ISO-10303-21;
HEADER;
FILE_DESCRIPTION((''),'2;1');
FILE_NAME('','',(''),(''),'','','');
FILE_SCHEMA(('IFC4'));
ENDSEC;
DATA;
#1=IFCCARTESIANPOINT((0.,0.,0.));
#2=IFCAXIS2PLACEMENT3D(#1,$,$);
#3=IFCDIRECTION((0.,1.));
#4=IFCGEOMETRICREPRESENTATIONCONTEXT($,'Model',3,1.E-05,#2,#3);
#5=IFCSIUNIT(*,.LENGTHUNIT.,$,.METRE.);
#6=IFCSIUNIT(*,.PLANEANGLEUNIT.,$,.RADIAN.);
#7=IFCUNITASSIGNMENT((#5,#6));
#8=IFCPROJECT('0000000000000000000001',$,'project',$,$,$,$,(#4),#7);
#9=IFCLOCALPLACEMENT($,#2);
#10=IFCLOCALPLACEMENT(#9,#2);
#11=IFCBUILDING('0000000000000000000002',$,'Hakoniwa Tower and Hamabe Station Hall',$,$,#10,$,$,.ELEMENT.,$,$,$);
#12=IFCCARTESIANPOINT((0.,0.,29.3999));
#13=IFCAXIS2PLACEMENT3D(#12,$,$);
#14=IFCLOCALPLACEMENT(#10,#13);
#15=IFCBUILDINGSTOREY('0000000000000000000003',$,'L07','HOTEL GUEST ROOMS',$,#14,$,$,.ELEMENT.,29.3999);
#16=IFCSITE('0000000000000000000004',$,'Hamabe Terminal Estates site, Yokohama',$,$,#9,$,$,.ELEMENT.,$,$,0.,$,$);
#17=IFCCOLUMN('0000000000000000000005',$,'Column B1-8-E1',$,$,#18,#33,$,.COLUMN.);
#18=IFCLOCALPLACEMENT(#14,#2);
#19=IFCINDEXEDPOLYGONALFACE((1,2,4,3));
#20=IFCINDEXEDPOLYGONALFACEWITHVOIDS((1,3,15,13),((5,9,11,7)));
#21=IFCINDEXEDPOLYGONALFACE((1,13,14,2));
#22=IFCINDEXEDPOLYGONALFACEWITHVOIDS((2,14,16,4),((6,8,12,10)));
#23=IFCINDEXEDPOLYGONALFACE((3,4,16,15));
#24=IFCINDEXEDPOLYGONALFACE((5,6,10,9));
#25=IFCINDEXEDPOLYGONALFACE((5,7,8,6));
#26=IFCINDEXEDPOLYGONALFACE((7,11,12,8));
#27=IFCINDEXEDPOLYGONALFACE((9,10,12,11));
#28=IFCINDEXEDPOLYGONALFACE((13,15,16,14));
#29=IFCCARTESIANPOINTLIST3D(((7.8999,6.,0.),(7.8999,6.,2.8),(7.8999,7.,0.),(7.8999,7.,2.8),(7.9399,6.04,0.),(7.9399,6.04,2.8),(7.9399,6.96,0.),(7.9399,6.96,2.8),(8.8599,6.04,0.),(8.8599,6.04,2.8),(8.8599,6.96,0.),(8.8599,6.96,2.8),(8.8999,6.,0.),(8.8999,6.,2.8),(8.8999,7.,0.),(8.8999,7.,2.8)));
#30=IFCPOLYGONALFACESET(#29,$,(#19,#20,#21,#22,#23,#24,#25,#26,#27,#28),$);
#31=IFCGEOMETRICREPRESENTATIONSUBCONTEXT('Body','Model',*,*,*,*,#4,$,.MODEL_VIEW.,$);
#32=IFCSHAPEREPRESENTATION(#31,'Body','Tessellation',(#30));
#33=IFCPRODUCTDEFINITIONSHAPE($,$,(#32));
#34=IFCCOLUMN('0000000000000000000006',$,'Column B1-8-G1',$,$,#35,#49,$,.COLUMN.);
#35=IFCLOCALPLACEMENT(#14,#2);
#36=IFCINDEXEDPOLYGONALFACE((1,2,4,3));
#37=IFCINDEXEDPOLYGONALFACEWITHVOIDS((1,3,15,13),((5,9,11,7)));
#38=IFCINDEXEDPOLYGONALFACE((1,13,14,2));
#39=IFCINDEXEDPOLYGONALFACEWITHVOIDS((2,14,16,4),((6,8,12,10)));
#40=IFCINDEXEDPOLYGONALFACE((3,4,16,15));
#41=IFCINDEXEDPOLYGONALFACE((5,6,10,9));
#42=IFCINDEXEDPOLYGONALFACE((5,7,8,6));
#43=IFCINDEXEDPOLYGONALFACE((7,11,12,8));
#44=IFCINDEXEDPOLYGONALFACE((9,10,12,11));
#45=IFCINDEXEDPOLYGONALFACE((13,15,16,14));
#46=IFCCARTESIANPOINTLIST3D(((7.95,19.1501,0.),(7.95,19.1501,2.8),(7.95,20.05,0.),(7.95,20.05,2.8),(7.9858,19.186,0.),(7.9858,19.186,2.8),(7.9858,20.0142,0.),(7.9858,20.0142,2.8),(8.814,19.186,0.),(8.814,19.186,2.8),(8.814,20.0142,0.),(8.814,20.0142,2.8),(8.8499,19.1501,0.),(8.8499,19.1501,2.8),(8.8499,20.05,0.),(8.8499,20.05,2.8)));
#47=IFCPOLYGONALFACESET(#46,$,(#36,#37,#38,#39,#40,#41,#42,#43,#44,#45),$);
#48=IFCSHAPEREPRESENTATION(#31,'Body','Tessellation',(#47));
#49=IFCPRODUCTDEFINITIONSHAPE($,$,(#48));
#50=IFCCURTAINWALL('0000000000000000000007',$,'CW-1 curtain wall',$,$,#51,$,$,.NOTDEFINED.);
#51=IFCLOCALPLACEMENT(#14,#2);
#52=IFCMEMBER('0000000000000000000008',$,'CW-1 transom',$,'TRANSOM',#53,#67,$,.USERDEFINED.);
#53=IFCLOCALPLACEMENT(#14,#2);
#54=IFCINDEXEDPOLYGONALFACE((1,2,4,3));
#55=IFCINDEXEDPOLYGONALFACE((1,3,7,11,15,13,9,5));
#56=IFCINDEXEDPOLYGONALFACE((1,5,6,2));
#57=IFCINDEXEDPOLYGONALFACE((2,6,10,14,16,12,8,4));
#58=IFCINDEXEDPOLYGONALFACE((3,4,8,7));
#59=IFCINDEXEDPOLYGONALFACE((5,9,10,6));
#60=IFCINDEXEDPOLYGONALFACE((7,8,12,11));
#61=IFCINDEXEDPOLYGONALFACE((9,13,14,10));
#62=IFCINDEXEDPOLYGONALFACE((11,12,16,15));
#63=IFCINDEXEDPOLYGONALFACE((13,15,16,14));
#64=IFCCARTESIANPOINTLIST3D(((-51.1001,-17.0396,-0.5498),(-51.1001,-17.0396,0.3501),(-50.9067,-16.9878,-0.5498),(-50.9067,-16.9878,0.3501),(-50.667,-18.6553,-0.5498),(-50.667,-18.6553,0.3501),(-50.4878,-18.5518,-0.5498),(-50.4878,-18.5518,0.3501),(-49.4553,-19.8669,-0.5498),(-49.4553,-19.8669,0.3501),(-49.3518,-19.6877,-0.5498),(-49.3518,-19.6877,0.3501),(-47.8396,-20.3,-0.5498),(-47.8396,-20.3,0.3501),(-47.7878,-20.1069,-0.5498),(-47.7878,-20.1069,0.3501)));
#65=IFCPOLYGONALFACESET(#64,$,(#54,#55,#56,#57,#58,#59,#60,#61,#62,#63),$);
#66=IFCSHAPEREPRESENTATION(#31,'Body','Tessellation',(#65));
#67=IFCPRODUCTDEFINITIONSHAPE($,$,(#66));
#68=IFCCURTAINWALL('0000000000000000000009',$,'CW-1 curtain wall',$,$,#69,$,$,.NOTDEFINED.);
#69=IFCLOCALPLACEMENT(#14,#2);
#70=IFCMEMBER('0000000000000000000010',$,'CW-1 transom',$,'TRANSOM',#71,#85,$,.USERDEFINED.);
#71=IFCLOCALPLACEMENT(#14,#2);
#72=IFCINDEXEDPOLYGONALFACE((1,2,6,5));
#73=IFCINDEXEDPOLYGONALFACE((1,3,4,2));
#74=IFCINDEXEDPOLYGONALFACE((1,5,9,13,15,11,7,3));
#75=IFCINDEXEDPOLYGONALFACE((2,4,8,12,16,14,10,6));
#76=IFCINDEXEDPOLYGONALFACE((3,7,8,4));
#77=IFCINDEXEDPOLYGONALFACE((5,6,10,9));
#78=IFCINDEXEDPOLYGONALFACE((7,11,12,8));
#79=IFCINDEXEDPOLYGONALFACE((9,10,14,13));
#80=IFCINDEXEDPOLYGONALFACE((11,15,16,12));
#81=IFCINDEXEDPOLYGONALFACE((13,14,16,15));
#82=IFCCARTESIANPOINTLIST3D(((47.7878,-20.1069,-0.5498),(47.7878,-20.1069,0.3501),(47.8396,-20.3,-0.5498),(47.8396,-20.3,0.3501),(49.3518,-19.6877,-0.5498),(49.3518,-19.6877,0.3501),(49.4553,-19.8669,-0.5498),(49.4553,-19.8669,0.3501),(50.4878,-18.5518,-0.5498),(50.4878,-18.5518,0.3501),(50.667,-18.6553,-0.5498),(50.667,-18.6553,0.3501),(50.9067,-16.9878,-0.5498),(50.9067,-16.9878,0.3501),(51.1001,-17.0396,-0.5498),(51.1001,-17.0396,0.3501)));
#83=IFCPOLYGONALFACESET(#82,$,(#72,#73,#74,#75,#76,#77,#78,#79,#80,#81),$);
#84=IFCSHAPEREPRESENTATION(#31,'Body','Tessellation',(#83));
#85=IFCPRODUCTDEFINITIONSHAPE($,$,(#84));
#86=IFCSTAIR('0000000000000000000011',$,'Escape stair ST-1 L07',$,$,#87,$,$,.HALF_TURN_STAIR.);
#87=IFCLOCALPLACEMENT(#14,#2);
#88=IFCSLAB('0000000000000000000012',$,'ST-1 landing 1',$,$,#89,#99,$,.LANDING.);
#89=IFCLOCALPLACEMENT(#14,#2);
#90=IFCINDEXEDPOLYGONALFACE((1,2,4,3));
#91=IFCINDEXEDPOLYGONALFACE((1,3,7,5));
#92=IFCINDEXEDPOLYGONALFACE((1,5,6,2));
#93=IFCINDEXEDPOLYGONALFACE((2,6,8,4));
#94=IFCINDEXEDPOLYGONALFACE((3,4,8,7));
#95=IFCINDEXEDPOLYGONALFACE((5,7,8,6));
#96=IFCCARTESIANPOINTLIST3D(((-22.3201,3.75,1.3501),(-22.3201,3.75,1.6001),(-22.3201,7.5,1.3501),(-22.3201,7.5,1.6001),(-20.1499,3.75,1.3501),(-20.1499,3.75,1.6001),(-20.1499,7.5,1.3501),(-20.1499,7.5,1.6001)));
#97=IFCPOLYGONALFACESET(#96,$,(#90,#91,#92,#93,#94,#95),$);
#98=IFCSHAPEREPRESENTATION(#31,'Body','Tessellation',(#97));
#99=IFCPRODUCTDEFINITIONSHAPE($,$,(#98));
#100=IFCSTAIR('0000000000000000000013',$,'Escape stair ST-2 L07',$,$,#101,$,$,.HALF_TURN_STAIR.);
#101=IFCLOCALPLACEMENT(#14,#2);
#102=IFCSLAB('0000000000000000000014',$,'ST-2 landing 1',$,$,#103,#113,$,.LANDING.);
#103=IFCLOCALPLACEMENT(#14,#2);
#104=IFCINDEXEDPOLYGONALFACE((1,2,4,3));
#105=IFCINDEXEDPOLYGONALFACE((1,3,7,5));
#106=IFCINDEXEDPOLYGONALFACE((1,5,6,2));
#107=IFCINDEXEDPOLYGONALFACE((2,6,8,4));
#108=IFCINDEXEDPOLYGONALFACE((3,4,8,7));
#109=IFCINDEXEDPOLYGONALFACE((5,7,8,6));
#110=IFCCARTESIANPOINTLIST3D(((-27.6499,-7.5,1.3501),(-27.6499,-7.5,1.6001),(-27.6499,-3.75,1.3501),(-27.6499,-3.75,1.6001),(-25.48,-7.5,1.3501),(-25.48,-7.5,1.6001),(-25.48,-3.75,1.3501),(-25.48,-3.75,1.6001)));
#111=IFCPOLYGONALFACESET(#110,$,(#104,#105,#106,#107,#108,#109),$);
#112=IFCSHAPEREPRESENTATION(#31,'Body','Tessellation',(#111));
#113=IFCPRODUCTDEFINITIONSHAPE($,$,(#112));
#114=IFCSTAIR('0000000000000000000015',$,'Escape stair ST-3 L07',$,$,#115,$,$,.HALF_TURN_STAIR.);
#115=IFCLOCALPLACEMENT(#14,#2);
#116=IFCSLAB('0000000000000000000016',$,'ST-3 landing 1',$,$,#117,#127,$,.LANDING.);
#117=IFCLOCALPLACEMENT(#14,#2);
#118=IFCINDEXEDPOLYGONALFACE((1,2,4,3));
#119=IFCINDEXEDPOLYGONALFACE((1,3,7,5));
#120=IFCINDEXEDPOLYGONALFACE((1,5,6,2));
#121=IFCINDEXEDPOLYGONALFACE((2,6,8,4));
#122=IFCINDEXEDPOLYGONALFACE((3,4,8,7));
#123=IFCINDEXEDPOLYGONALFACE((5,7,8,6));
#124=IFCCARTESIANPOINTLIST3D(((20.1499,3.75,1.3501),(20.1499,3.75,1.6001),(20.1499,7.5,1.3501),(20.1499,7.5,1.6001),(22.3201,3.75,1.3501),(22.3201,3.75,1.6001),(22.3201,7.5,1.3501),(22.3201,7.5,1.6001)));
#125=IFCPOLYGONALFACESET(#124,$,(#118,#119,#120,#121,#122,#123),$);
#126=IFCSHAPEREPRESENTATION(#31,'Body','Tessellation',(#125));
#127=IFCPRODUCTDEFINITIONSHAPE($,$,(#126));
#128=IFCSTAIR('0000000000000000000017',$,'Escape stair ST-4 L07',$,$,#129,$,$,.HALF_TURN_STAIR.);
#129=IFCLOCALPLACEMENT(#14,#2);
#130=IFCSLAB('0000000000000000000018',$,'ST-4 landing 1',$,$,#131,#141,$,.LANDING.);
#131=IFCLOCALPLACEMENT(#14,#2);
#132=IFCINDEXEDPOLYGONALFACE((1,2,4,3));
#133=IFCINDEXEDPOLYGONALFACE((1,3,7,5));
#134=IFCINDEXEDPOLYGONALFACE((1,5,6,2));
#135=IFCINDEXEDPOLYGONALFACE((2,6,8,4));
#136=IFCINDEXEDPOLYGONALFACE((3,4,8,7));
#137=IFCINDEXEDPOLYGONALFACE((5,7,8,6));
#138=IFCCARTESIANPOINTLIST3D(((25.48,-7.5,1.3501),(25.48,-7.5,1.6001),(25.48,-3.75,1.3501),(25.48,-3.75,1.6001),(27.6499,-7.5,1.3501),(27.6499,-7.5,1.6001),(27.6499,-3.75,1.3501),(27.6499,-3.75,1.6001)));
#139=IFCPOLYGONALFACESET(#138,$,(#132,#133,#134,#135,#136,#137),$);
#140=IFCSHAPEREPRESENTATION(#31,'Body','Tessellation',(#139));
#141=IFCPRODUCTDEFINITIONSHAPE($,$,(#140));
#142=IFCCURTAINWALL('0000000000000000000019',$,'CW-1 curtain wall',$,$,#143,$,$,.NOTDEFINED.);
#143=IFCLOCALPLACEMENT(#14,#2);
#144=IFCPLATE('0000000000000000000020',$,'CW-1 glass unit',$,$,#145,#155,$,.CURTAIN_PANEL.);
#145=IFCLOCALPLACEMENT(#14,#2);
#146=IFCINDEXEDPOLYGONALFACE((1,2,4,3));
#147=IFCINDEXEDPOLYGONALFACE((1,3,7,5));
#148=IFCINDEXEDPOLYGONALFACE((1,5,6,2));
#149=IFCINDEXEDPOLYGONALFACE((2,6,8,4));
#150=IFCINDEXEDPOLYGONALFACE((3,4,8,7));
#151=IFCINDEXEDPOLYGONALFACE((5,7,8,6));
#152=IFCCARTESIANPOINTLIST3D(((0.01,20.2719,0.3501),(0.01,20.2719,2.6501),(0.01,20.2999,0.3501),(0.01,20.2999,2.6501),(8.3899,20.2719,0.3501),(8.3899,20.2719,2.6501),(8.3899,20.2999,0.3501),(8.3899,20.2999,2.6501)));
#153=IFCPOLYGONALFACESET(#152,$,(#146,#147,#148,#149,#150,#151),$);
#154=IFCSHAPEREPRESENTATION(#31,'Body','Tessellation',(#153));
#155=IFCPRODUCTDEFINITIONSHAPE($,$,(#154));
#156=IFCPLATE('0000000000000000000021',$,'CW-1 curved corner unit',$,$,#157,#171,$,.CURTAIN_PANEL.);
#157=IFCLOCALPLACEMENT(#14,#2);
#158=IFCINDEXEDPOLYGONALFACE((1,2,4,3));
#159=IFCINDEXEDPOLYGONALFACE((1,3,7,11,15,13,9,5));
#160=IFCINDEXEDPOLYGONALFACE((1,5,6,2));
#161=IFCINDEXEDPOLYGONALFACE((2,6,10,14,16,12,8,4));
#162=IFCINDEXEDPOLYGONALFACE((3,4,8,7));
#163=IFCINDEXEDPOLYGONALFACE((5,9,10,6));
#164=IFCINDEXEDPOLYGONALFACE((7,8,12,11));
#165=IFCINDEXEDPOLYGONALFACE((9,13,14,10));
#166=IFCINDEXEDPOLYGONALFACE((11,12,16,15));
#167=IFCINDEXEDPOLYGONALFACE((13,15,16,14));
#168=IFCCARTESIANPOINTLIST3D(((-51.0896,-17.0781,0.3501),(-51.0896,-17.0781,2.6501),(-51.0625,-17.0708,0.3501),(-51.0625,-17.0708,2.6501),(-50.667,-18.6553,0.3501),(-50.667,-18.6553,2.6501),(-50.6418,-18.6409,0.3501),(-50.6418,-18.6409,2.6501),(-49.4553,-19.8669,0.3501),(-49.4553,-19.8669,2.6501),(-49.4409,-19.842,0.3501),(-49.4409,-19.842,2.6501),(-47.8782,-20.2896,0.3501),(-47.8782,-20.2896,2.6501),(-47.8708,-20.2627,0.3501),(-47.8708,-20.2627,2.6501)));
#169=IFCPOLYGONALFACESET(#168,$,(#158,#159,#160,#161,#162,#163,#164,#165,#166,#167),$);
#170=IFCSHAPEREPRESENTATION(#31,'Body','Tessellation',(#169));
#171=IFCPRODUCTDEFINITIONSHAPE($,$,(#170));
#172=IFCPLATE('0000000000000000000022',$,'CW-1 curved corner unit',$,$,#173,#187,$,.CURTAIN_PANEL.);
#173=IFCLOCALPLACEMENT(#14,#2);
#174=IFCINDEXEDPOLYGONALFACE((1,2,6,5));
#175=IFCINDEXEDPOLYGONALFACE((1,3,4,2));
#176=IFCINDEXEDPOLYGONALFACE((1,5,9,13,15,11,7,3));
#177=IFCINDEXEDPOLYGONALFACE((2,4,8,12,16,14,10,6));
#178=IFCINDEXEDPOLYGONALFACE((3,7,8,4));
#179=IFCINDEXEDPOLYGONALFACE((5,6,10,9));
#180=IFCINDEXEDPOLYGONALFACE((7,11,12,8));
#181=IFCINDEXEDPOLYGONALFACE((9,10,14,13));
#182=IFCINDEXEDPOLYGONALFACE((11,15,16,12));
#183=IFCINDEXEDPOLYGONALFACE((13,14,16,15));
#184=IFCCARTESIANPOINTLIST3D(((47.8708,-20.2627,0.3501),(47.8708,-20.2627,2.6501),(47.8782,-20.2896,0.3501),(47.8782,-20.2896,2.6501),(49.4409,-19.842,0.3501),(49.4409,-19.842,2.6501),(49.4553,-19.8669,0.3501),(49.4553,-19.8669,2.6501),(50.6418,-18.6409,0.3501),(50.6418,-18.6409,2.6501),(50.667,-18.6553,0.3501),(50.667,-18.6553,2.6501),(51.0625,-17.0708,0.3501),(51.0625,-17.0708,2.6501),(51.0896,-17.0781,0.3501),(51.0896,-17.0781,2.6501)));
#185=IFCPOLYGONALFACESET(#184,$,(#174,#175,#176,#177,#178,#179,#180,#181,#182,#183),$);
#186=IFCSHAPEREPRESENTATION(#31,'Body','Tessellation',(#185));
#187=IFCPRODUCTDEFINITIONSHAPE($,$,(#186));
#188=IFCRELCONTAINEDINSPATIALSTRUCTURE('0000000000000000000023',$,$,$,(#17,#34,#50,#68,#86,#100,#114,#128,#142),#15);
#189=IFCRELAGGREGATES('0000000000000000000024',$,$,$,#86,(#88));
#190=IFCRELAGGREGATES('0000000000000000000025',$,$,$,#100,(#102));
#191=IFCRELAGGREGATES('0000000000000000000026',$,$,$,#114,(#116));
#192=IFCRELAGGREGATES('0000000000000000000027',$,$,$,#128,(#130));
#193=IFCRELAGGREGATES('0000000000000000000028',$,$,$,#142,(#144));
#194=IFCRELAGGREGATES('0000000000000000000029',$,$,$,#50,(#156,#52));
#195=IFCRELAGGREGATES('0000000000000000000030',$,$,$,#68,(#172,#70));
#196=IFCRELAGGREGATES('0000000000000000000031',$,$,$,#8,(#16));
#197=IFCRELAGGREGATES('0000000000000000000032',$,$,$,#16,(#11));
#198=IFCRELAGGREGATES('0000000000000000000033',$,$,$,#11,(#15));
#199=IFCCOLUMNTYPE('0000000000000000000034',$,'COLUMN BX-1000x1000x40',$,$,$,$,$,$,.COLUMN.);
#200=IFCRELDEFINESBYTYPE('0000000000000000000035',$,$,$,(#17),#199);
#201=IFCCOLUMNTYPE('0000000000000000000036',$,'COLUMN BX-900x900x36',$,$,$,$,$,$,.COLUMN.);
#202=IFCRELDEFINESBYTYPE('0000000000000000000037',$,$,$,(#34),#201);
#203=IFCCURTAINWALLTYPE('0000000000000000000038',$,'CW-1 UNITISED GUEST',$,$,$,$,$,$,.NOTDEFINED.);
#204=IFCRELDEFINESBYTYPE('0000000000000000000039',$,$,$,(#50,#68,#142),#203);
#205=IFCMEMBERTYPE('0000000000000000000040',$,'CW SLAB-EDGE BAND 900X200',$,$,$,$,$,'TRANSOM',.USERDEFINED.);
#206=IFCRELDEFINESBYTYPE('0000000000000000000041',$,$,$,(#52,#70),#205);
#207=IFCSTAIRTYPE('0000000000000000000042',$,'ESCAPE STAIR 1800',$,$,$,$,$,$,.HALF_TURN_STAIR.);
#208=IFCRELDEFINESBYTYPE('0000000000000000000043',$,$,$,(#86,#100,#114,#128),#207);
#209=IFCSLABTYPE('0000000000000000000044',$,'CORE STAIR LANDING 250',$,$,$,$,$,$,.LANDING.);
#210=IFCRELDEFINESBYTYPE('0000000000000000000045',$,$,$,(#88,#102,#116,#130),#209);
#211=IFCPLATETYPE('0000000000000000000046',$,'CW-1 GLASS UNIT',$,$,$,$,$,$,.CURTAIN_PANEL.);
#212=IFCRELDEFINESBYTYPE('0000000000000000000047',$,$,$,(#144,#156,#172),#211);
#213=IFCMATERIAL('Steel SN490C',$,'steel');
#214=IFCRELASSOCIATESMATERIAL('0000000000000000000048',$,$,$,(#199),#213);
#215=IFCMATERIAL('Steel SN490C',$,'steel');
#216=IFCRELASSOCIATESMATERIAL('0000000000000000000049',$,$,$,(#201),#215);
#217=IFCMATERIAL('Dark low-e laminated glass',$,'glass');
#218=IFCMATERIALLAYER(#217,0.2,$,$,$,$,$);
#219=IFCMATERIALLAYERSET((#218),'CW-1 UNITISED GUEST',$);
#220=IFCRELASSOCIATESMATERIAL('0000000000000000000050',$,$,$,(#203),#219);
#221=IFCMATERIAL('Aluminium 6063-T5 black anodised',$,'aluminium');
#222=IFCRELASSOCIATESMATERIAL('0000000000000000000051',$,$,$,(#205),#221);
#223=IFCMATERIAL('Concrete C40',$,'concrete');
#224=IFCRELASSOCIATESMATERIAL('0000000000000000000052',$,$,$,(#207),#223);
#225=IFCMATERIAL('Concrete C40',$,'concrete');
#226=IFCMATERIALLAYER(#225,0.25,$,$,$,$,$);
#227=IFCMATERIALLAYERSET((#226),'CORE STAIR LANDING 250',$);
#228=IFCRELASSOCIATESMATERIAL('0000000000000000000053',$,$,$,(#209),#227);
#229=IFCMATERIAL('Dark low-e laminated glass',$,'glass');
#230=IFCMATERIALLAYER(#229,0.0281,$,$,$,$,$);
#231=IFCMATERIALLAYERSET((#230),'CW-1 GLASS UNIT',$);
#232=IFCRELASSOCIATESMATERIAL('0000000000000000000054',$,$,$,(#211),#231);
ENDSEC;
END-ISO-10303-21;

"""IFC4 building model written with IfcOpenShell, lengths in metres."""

from ifc_helpers import new_model, si_unit, direction, frame, origin, origin_2d, place, context, subcontext, project, spatial, polyline, rectangle, hollow_rectangle, outline, extrude, material, layer, layer_set, material_profile, profile_set, type_object, element, aggregate, save


model = new_model("IFC4")

# Units and contexts
model_context = context("Model", 3, precision=1e-05, world=origin(), true_north=direction((0.0, 1.0)))
body_context = subcontext(model_context, "Body", "Model", "MODEL_VIEW")
ifc_project = project(units=[si_unit("LENGTHUNIT", "METRE"), si_unit("PLANEANGLEUNIT", "RADIAN")], contexts=[model_context])

# Site, building, storey
site_placement = place(None, origin())
site = spatial("IfcSite", under=ifc_project, at=site_placement, Name="Hamabe Terminal Estates site, Yokohama", CompositionType="ELEMENT", RefElevation=0.0)
building_placement = place(site_placement, origin())
building = spatial("IfcBuilding", under=site, at=building_placement, Name="Hakoniwa Tower and Hamabe Station Hall", CompositionType="ELEMENT")
storey_placement = place(building_placement, frame((0.0, 0.0, 29.3999)))
storey = spatial("IfcBuildingStorey", under=building, at=storey_placement, Name="L07", Description="HOTEL GUEST ROOMS", CompositionType="ELEMENT", Elevation=29.3999)

# Columns
ifc_material_1 = material(Name="Steel SN490C", Category="steel")
ifc_material_profile_1 = material_profile(ifc_material_1, hollow_rectangle(XDim=1.0, YDim=1.0, WallThickness=0.04, at=origin_2d()), Name="BX-1000x1000x40")
ifc_profile_set_1 = profile_set([ifc_material_profile_1], Name="Steel SN490C")
column_type_1 = type_object("IfcColumnType", Name="COLUMN BX-1000x1000x40", PredefinedType="COLUMN", material=ifc_profile_set_1)
column_1_placement = place(storey_placement, frame((8.3999, 6.5, 0.0), z_axis=(0.0, 0.0, 1.0), x_axis=(1.0, 0.0, 0.0)))
element("IfcColumn", 1, at=column_1_placement, inside=storey, type_object=column_type_1, Name="Column B1-8-E1", PredefinedType="COLUMN", context=body_context, shape_type="SweptSolid", body=[
    extrude(hollow_rectangle(XDim=1.0, YDim=1.0, WallThickness=0.04, at=origin_2d()), origin(), (0.0, 0.0, 1.0), 2.8),
])
ifc_material_2 = material(Name="Steel SN490C", Category="steel")
ifc_material_profile_2 = material_profile(ifc_material_2, hollow_rectangle(XDim=0.8999, YDim=0.8999, WallThickness=0.0359, at=origin_2d()), Name="BX-900x900x36")
ifc_profile_set_2 = profile_set([ifc_material_profile_2], Name="Steel SN490C")
column_type_2 = type_object("IfcColumnType", Name="COLUMN BX-900x900x36", PredefinedType="COLUMN", material=ifc_profile_set_2)
column_2_placement = place(storey_placement, frame((8.3999, 19.6001, 0.0), z_axis=(0.0, 0.0, 1.0), x_axis=(1.0, 0.0, 0.0)))
element("IfcColumn", 2, at=column_2_placement, inside=storey, type_object=column_type_2, Name="Column B1-8-G1", PredefinedType="COLUMN", context=body_context, shape_type="SweptSolid", body=[
    extrude(hollow_rectangle(XDim=0.8999, YDim=0.8999, WallThickness=0.0359, at=origin_2d()), origin(), (0.0, 0.0, 1.0), 2.8),
])

# Curtain walls, members
ifc_material_3 = material(Name="Dark low-e laminated glass", Category="glass")
ifc_layer_1 = layer(ifc_material_3, 0.2)
ifc_layer_set_1 = layer_set([ifc_layer_1], Name="CW-1 UNITISED GUEST")
curtain_wall_type = type_object("IfcCurtainWallType", Name="CW-1 UNITISED GUEST", PredefinedType="NOTDEFINED", material=ifc_layer_set_1)
curtain_wall_1_placement = place(storey_placement, origin())
curtain_wall_1 = element("IfcCurtainWall", 3, at=curtain_wall_1_placement, inside=storey, type_object=curtain_wall_type, Name="CW-1 curtain wall", PredefinedType="NOTDEFINED")
ifc_material_4 = material(Name="Aluminium 6063-T5 black anodised", Category="aluminium")
ifc_material_profile_3 = material_profile(ifc_material_4, rectangle(XDim=0.2, YDim=0.8999, at=origin_2d()), Name="CW SLAB-EDGE BAND 900X200")
ifc_profile_set_3 = profile_set([ifc_material_profile_3], Name="Aluminium 6063-T5 black anodised")
member_type = type_object("IfcMemberType", Name="CW SLAB-EDGE BAND 900X200", ElementType="TRANSOM", PredefinedType="USERDEFINED", material=ifc_profile_set_3)
member_1_placement = place(storey_placement, frame((0.0, 0.0, -0.5498)))
member_1 = element("IfcMember", 4, at=member_1_placement, type_object=member_type, Name="CW-1 transom", ObjectType="TRANSOM", PredefinedType="USERDEFINED", context=body_context, shape_type="SweptSolid", body=[
    extrude(outline(polyline([(-51.1001, -17.0396), (-50.667, -18.6553), (-49.4553, -19.8669), (-47.8396, -20.3), (-47.7878, -20.1069), (-49.3518, -19.6877), (-50.4878, -18.5518), (-50.9067, -16.9878), (-51.1001, -17.0396)])), origin(), (0.0, 0.0, 1.0), 0.8999),
])
curtain_wall_2_placement = place(storey_placement, origin())
curtain_wall_2 = element("IfcCurtainWall", 5, at=curtain_wall_2_placement, inside=storey, type_object=curtain_wall_type, Name="CW-1 curtain wall", PredefinedType="NOTDEFINED")
member_2_placement = place(storey_placement, frame((0.0, 0.0, -0.5498)))
member_2 = element("IfcMember", 6, at=member_2_placement, type_object=member_type, Name="CW-1 transom", ObjectType="TRANSOM", PredefinedType="USERDEFINED", context=body_context, shape_type="SweptSolid", body=[
    extrude(outline(polyline([(47.8396, -20.3), (49.4553, -19.8669), (50.667, -18.6553), (51.1001, -17.0396), (50.9067, -16.9878), (50.4878, -18.5518), (49.3518, -19.6877), (47.7878, -20.1069), (47.8396, -20.3)])), origin(), (0.0, 0.0, 1.0), 0.8999),
])

# Stairs, slabs
ifc_material_5 = material(Name="Concrete C40", Category="concrete")
stair_type = type_object("IfcStairType", Name="ESCAPE STAIR 1800", PredefinedType="HALF_TURN_STAIR", material=ifc_material_5)
stair_1_placement = place(storey_placement, origin())
stair_1 = element("IfcStair", 7, at=stair_1_placement, inside=storey, type_object=stair_type, Name="Escape stair ST-1 L07", PredefinedType="HALF_TURN_STAIR")
ifc_material_6 = material(Name="Concrete C40", Category="concrete")
ifc_layer_2 = layer(ifc_material_6, 0.25)
ifc_layer_set_2 = layer_set([ifc_layer_2], Name="CORE STAIR LANDING 250")
slab_type = type_object("IfcSlabType", Name="CORE STAIR LANDING 250", PredefinedType="LANDING", material=ifc_layer_set_2)
slab_1_placement = place(storey_placement, frame((0.0, 0.0, 1.3501)))
slab_1 = element("IfcSlab", 8, at=slab_1_placement, type_object=slab_type, Name="ST-1 landing 1", PredefinedType="LANDING", context=body_context, shape_type="SweptSolid", body=[
    extrude(outline(polyline([(-22.3201, 3.75), (-20.1499, 3.75), (-20.1499, 7.5), (-22.3201, 7.5), (-22.3201, 3.75)])), origin(), (0.0, 0.0, 1.0), 0.25),
])
aggregate(stair_1, [slab_1])
stair_2_placement = place(storey_placement, origin())
stair_2 = element("IfcStair", 9, at=stair_2_placement, inside=storey, type_object=stair_type, Name="Escape stair ST-2 L07", PredefinedType="HALF_TURN_STAIR")
slab_2_placement = place(storey_placement, frame((0.0, 0.0, 1.3501)))
slab_2 = element("IfcSlab", 10, at=slab_2_placement, type_object=slab_type, Name="ST-2 landing 1", PredefinedType="LANDING", context=body_context, shape_type="SweptSolid", body=[
    extrude(outline(polyline([(-25.48, -7.5), (-27.6499, -7.5), (-27.6499, -3.75), (-25.48, -3.75), (-25.48, -7.5)])), origin(), (0.0, 0.0, 1.0), 0.25),
])
aggregate(stair_2, [slab_2])
stair_3_placement = place(storey_placement, origin())
stair_3 = element("IfcStair", 11, at=stair_3_placement, inside=storey, type_object=stair_type, Name="Escape stair ST-3 L07", PredefinedType="HALF_TURN_STAIR")
slab_3_placement = place(storey_placement, frame((0.0, 0.0, 1.3501)))
slab_3 = element("IfcSlab", 12, at=slab_3_placement, type_object=slab_type, Name="ST-3 landing 1", PredefinedType="LANDING", context=body_context, shape_type="SweptSolid", body=[
    extrude(outline(polyline([(22.3201, 3.75), (20.1499, 3.75), (20.1499, 7.5), (22.3201, 7.5), (22.3201, 3.75)])), origin(), (0.0, 0.0, 1.0), 0.25),
])
aggregate(stair_3, [slab_3])
stair_4_placement = place(storey_placement, origin())
stair_4 = element("IfcStair", 13, at=stair_4_placement, inside=storey, type_object=stair_type, Name="Escape stair ST-4 L07", PredefinedType="HALF_TURN_STAIR")
slab_4_placement = place(storey_placement, frame((0.0, 0.0, 1.3501)))
slab_4 = element("IfcSlab", 14, at=slab_4_placement, type_object=slab_type, Name="ST-4 landing 1", PredefinedType="LANDING", context=body_context, shape_type="SweptSolid", body=[
    extrude(outline(polyline([(25.48, -7.5), (27.6499, -7.5), (27.6499, -3.75), (25.48, -3.75), (25.48, -7.5)])), origin(), (0.0, 0.0, 1.0), 0.25),
])
aggregate(stair_4, [slab_4])

# Curtain wall, plate
curtain_wall_3_placement = place(storey_placement, origin())
curtain_wall_3 = element("IfcCurtainWall", 15, at=curtain_wall_3_placement, inside=storey, type_object=curtain_wall_type, Name="CW-1 curtain wall", PredefinedType="NOTDEFINED")
ifc_material_7 = material(Name="Dark low-e laminated glass", Category="glass")
ifc_layer_3 = layer(ifc_material_7, 0.0281)
ifc_layer_set_3 = layer_set([ifc_layer_3], Name="CW-1 GLASS UNIT")
plate_type = type_object("IfcPlateType", Name="CW-1 GLASS UNIT", PredefinedType="CURTAIN_PANEL", material=ifc_layer_set_3)
plate_1_placement = place(storey_placement, frame((4.2, 20.2859, 0.3501), z_axis=(0.0, 0.0, 1.0), x_axis=(-1.0, 0.0, 0.0)))
plate_1 = element("IfcPlate", 16, at=plate_1_placement, type_object=plate_type, Name="CW-1 glass unit", PredefinedType="CURTAIN_PANEL", context=body_context, shape_type="SweptSolid", body=[
    extrude(rectangle(XDim=8.3799, YDim=0.0281, at=origin_2d()), origin(), (0.0, 0.0, 1.0), 2.3),
])
aggregate(curtain_wall_3, [plate_1])

# Plates
plate_2_placement = place(storey_placement, frame((0.0, 0.0, 0.3501)))
plate_2 = element("IfcPlate", 17, at=plate_2_placement, type_object=plate_type, Name="CW-1 curved corner unit", PredefinedType="CURTAIN_PANEL", context=body_context, shape_type="SweptSolid", body=[
    extrude(outline(polyline([(-51.0896, -17.0781), (-50.667, -18.6553), (-49.4553, -19.8669), (-47.8782, -20.2896), (-47.8708, -20.2627), (-49.4409, -19.842), (-50.6418, -18.6409), (-51.0625, -17.0708), (-51.0896, -17.0781)])), origin(), (0.0, 0.0, 1.0), 2.3),
])
aggregate(curtain_wall_1, [plate_2, member_1])
plate_3_placement = place(storey_placement, frame((0.0, 0.0, 0.3501)))
plate_3 = element("IfcPlate", 18, at=plate_3_placement, type_object=plate_type, Name="CW-1 curved corner unit", PredefinedType="CURTAIN_PANEL", context=body_context, shape_type="SweptSolid", body=[
    extrude(outline(polyline([(47.8782, -20.2896), (49.4553, -19.8669), (50.667, -18.6553), (51.0896, -17.0781), (51.0625, -17.0708), (50.6418, -18.6409), (49.4409, -19.842), (47.8708, -20.2627), (47.8782, -20.2896)])), origin(), (0.0, 0.0, 1.0), 2.3),
])
aggregate(curtain_wall_2, [plate_3, member_2])

save(model, "model.ifc")
